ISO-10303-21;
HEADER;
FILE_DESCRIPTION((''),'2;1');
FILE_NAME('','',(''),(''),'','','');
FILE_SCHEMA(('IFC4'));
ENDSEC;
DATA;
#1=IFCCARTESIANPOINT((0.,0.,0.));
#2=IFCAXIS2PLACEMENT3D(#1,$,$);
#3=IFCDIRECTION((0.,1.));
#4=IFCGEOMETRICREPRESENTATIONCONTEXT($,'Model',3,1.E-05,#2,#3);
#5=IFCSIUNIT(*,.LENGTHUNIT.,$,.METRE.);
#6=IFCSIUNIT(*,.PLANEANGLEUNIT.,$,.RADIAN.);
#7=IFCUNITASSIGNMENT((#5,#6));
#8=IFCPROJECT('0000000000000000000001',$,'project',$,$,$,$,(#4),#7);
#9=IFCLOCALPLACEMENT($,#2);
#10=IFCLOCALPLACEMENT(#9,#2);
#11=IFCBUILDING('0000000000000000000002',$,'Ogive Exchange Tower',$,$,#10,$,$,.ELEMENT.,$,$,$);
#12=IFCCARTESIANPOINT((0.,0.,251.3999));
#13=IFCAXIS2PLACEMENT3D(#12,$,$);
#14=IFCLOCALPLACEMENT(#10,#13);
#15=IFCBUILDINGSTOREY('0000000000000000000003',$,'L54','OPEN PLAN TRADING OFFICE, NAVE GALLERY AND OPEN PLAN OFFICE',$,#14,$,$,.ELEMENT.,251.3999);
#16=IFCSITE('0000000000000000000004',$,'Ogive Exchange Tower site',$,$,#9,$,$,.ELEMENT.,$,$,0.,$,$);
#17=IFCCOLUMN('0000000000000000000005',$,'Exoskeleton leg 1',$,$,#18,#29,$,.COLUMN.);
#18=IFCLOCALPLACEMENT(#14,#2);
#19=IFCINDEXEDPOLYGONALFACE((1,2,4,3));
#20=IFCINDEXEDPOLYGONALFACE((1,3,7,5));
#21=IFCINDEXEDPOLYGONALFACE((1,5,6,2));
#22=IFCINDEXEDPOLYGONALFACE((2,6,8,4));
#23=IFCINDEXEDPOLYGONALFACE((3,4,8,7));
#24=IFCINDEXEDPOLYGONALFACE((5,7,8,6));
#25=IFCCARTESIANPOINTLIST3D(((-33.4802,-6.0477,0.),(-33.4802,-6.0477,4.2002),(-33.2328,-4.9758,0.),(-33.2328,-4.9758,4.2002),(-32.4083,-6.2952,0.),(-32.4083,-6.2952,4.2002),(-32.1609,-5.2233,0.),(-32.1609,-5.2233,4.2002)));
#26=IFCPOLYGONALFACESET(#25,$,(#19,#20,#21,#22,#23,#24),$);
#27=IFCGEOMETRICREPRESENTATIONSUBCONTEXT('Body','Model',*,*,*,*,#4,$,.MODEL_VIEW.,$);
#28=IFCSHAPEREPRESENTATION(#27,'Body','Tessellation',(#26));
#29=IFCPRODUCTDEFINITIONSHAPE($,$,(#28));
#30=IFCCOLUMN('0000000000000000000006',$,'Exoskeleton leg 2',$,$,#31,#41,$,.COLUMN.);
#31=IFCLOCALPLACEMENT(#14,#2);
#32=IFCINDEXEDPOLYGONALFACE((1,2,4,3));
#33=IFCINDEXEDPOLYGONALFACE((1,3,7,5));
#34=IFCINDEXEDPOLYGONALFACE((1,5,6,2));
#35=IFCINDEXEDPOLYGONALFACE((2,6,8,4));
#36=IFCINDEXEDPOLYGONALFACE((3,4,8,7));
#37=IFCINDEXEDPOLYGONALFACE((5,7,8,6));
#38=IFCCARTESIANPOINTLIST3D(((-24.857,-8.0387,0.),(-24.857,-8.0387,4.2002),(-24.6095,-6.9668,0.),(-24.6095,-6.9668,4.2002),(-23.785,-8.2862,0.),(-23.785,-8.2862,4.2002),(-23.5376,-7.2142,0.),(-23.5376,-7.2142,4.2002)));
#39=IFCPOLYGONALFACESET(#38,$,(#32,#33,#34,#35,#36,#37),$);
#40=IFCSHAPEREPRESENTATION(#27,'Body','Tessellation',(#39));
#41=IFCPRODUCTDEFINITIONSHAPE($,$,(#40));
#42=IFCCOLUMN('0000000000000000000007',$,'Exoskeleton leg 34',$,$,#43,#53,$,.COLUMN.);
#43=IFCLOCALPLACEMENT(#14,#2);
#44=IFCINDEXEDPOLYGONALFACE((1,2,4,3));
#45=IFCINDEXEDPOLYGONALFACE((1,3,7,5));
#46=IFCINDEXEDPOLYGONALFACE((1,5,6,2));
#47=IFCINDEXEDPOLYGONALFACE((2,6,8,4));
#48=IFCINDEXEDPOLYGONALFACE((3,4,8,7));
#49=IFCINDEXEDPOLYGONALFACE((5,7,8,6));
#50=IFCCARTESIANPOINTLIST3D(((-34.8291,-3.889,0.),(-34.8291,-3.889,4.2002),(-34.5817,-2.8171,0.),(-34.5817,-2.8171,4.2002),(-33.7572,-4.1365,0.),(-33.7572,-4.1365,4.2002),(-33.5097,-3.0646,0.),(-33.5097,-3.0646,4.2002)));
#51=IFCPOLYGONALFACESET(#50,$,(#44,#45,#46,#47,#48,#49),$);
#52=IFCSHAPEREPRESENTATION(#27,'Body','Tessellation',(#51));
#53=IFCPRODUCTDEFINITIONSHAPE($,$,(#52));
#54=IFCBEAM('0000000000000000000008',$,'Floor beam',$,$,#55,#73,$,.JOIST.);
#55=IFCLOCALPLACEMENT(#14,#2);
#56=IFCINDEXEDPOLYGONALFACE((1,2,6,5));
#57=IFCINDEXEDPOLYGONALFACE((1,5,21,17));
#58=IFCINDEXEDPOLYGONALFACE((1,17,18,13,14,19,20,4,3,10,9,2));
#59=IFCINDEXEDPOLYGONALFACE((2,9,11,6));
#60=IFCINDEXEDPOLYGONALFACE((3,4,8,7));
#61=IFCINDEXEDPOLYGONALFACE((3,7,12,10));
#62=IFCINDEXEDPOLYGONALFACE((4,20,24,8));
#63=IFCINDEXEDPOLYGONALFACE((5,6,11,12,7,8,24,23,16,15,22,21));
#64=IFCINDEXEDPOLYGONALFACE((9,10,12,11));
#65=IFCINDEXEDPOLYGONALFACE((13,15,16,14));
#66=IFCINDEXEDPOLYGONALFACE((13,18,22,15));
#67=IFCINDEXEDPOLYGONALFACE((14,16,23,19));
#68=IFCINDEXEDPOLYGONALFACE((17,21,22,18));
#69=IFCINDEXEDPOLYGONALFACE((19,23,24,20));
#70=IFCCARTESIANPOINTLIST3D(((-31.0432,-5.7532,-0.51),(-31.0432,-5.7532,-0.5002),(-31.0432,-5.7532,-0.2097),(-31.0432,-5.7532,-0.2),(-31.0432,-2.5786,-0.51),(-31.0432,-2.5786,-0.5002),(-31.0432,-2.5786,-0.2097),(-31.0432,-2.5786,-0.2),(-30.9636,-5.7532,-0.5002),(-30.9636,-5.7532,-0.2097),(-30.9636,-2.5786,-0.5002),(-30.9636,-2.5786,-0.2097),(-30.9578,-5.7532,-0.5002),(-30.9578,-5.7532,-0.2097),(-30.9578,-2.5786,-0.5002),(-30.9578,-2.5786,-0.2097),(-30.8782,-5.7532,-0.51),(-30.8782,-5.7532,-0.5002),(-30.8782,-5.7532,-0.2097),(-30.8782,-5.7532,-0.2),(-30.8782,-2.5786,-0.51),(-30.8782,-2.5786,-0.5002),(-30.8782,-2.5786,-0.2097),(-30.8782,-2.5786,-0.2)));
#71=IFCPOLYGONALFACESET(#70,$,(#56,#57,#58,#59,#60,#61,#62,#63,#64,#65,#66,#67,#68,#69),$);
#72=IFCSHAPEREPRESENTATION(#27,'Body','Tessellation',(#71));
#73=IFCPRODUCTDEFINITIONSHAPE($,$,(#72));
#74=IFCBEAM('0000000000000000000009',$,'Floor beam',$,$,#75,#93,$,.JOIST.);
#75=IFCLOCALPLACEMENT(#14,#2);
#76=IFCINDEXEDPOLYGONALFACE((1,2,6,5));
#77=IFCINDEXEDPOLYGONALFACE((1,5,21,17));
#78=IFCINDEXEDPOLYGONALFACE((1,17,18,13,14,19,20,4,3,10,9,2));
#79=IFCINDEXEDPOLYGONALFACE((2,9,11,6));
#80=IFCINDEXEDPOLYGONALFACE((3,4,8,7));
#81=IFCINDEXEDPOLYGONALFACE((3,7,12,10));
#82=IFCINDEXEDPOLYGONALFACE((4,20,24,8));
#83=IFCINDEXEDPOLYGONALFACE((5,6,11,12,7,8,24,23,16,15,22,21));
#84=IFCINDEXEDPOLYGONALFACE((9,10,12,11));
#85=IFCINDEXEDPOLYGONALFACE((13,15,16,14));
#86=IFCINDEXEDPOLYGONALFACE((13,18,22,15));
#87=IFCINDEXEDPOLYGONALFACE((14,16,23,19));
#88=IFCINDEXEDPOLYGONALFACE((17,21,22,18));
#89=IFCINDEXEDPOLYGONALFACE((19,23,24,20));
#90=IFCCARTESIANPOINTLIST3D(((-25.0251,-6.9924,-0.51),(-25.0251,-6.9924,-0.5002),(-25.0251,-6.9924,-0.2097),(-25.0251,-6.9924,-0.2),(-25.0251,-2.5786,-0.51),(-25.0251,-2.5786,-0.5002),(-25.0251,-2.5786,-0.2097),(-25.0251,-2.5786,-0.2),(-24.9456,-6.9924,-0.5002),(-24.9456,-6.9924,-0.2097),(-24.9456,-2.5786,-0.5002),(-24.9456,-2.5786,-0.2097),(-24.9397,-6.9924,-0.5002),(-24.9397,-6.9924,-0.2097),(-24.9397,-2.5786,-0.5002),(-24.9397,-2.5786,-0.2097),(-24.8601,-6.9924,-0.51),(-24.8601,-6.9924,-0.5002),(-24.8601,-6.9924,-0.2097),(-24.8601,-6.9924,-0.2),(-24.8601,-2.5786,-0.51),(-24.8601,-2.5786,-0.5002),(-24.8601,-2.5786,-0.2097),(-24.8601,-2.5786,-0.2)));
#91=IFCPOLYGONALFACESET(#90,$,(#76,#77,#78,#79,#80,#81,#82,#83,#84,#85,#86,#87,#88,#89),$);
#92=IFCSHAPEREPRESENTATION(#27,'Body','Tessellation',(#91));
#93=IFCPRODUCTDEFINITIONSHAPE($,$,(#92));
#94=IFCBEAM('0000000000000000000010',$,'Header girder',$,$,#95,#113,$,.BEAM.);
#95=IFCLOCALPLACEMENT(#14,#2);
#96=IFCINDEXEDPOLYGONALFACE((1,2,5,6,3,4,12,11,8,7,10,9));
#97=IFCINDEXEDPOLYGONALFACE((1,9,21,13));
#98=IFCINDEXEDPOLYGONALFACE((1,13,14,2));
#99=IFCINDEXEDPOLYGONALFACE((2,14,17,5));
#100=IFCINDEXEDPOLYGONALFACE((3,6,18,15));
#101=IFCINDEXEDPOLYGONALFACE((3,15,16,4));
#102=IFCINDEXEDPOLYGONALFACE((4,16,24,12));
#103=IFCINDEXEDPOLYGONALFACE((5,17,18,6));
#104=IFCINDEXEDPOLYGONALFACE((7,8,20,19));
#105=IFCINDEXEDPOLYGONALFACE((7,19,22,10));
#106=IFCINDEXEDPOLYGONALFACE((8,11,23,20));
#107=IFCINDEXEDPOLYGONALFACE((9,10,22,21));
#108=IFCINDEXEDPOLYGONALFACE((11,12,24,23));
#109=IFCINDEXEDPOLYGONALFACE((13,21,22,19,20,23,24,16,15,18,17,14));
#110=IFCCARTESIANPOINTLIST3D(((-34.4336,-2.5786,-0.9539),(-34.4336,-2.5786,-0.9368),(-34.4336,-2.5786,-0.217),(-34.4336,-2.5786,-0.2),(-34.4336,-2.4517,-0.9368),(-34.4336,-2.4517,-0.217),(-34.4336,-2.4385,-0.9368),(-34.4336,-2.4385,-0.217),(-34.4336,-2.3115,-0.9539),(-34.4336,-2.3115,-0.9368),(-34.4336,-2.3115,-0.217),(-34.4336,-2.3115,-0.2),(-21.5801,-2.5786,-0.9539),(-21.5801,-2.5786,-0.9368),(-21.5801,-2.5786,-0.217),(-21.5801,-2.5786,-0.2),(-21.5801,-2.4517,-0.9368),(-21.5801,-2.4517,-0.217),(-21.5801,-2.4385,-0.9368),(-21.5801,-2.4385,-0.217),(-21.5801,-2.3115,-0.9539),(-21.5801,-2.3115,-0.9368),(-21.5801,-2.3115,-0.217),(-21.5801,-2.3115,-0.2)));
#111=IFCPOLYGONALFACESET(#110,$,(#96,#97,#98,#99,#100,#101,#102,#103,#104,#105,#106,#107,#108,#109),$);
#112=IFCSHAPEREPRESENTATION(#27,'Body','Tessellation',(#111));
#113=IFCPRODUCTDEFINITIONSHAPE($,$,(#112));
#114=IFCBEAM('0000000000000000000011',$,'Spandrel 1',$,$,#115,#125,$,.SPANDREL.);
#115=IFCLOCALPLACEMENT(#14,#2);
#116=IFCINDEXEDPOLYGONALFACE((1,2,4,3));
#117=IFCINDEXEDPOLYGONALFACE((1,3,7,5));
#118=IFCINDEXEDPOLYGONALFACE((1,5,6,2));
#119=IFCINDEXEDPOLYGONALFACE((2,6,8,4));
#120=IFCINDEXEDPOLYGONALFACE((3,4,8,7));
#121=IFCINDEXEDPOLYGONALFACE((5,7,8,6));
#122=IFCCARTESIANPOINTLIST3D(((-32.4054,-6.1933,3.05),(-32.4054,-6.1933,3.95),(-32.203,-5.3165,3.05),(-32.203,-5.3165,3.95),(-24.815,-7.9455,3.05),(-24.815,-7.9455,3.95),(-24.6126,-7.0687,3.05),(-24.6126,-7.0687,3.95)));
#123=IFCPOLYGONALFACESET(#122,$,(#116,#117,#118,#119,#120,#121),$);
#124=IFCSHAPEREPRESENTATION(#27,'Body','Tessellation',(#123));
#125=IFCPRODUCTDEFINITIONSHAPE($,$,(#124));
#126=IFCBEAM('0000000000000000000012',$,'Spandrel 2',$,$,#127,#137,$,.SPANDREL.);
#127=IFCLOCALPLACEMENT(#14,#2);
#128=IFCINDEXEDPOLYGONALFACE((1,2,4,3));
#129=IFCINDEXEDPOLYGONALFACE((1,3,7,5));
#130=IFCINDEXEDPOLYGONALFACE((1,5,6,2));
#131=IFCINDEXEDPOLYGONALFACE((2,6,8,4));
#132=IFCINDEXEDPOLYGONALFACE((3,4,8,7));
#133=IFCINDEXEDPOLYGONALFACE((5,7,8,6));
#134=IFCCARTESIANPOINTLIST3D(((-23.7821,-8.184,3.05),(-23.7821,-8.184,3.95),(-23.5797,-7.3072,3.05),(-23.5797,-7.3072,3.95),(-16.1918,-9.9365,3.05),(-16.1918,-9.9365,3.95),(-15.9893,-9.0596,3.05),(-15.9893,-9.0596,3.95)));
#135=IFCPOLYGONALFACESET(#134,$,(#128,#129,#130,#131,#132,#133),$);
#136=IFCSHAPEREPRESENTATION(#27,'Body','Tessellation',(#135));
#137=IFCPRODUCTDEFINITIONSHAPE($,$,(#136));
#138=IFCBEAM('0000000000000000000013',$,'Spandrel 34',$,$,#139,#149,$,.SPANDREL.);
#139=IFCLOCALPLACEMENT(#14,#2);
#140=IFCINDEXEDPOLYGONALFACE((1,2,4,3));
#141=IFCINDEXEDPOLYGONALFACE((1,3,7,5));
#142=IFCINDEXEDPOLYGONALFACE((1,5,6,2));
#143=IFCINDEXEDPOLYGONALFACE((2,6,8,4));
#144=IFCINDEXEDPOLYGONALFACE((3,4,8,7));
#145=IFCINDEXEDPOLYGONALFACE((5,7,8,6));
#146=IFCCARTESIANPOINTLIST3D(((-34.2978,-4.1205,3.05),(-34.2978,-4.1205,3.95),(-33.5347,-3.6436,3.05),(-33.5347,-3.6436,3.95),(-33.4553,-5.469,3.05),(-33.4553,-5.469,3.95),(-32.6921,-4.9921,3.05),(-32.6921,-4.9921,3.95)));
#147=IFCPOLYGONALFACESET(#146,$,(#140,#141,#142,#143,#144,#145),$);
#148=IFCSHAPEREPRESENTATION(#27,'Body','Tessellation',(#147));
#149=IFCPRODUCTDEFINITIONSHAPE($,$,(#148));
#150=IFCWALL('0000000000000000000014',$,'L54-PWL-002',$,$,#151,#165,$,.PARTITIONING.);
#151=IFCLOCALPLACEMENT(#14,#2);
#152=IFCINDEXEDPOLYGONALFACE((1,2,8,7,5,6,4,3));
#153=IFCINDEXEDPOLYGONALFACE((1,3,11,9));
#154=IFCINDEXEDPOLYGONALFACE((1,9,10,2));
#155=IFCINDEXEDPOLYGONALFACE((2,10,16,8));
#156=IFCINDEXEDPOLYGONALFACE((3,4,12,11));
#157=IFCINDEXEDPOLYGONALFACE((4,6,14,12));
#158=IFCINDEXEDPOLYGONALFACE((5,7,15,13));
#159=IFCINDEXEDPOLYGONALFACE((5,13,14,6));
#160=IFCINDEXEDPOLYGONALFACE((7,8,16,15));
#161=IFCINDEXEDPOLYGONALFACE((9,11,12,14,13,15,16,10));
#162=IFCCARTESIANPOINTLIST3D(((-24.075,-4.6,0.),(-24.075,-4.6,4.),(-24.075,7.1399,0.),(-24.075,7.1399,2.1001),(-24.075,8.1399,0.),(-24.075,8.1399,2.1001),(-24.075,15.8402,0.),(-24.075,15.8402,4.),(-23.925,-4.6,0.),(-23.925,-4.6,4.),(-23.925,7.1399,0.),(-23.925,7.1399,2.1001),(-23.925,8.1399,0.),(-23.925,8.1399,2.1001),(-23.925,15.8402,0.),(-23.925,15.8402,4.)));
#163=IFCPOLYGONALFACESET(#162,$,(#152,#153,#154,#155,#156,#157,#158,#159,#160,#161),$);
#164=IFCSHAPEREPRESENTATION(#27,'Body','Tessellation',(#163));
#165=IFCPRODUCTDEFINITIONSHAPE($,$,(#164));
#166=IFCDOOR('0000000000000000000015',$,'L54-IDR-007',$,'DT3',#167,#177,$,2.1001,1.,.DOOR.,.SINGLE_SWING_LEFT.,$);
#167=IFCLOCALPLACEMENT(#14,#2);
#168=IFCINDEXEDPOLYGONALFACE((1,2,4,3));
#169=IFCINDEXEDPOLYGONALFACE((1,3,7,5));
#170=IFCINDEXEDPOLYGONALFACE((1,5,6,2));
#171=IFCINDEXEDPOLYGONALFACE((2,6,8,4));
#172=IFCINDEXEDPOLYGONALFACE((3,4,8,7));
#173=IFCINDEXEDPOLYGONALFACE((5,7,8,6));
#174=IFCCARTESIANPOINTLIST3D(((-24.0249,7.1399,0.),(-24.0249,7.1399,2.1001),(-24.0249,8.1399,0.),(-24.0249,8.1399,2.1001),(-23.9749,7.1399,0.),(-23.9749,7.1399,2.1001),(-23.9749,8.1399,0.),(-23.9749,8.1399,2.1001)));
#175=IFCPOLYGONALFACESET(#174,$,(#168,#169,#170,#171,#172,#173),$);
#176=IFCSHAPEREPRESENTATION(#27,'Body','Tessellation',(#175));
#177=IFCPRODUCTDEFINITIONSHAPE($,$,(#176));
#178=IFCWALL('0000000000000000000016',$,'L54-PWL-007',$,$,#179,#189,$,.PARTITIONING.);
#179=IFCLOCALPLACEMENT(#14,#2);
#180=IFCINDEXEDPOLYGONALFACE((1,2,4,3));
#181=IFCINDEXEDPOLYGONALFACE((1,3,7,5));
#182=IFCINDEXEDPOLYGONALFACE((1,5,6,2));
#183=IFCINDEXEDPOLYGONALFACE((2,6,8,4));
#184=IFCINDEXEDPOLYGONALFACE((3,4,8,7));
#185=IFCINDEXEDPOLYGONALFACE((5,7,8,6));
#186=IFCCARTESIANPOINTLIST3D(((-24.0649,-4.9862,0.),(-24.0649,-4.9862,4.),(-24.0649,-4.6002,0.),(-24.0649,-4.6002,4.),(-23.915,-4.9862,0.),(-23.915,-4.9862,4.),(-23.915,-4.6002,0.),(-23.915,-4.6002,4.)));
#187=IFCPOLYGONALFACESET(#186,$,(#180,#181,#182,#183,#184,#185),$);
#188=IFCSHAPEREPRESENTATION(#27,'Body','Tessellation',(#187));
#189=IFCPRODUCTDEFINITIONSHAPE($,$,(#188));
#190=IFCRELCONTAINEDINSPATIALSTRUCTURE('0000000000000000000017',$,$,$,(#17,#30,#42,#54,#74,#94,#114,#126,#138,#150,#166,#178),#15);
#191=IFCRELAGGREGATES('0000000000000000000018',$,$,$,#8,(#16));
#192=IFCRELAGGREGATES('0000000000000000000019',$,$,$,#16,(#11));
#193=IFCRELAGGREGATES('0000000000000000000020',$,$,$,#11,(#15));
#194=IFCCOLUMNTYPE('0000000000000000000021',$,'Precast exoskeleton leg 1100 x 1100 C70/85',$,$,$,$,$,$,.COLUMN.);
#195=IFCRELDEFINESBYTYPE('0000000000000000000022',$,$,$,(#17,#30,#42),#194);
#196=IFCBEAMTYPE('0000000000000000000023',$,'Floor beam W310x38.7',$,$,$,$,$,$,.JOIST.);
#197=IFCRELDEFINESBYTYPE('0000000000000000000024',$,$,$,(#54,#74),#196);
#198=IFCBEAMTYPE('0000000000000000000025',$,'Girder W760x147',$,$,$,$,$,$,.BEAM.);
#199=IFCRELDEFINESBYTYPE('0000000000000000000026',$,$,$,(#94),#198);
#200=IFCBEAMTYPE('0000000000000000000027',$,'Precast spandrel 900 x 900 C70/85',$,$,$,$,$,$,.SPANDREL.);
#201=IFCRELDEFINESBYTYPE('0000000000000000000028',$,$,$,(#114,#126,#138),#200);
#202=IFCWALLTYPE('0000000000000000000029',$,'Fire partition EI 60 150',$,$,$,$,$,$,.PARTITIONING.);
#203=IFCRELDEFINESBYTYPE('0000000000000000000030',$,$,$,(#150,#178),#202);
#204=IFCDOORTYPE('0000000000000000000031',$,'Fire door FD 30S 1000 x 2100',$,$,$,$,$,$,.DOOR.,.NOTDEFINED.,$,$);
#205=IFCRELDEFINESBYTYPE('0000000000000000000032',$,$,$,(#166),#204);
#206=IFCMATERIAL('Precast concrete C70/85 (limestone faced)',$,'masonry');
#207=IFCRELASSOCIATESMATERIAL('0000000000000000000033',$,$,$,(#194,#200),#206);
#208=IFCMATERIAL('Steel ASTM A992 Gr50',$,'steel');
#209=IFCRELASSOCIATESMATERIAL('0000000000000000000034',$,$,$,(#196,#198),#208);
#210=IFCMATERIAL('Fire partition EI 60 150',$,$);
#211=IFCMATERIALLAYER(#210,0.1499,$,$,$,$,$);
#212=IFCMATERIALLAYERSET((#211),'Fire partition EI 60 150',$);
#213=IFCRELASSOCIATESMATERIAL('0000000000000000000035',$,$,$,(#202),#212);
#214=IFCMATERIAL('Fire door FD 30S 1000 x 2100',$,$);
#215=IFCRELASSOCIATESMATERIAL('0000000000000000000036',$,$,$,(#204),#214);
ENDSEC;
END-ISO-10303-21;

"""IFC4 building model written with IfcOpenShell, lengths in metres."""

from ifc_helpers import new_model, si_unit, direction, frame, frame_2d, origin, origin_2d, place, context, subcontext, project, spatial, rectangle, i_section, extrude, material, layer, layer_set, material_profile, profile_set, type_object, element, fill, save


model = new_model("IFC4")

# Units and contexts
model_context = context("Model", 3, precision=1e-05, world=origin(), true_north=direction((0.0, 1.0)))
body_context = subcontext(model_context, "Body", "Model", "MODEL_VIEW")
ifc_project = project(units=[si_unit("LENGTHUNIT", "METRE"), si_unit("PLANEANGLEUNIT", "RADIAN")], contexts=[model_context])

# Site, building, storey
site_placement = place(None, origin())
site = spatial("IfcSite", under=ifc_project, at=site_placement, Name="Ogive Exchange Tower site", CompositionType="ELEMENT", RefElevation=0.0)
building_placement = place(site_placement, origin())
building = spatial("IfcBuilding", under=site, at=building_placement, Name="Ogive Exchange Tower", CompositionType="ELEMENT")
storey_placement = place(building_placement, frame((0.0, 0.0, 251.3999)))
storey = spatial("IfcBuildingStorey", under=building, at=storey_placement, Name="L54", Description="OPEN PLAN TRADING OFFICE, NAVE GALLERY AND OPEN PLAN OFFICE", CompositionType="ELEMENT", Elevation=251.3999)

# Columns
ifc_material_1 = material(Name="Precast concrete C70/85 (limestone faced)", Category="masonry")
ifc_material_profile_1 = material_profile(ifc_material_1, rectangle(XDim=1.1001, YDim=1.1001, at=origin_2d()), Name="1100 x 1100")
ifc_profile_set_1 = profile_set([ifc_material_profile_1], Name="Precast concrete C70/85 (limestone faced)")
column_type = type_object("IfcColumnType", Name="Precast exoskeleton leg 1100 x 1100 C70/85", PredefinedType="COLUMN", material=ifc_profile_set_1)
for number, where, z_axis, x_axis, name in (
    (1, (-32.8206, -5.6355, 0.0), (0.0, 0.0, 1.0), (0.97437, -0.224951, 0.0), "Exoskeleton leg 1"),
    (2, (-24.1973, -7.6265, 0.0), (0.0, 0.0, 1.0), (0.97437, -0.224951, 0.0), "Exoskeleton leg 2"),
    (3, (-34.1694, -3.4768, 0.0), (0.0, 0.0, 1.0), (0.97437, -0.224951, 0.0), "Exoskeleton leg 34"),
):
    element("IfcColumn", number, at=place(storey_placement, frame(where, z_axis=z_axis, x_axis=x_axis)), inside=storey, type_object=column_type, Name=name, PredefinedType="COLUMN", context=body_context, shape_type="SweptSolid", body=[
        extrude(rectangle(XDim=1.1001, YDim=1.1001, at=origin_2d()), origin(), (0.0, 0.0, 1.0), 4.2002),
    ])

# Beams
ifc_material_2 = material(Name="Steel ASTM A992 Gr50", Category="steel")
ifc_material_profile_2 = material_profile(ifc_material_2, i_section(OverallWidth=0.165, OverallDepth=0.3101, WebThickness=0.0059, FlangeThickness=0.0098, at=origin_2d()), Name="W310x38.7")
ifc_profile_set_2 = profile_set([ifc_material_profile_2], Name="Steel ASTM A992 Gr50")
beam_type_1 = type_object("IfcBeamType", Name="Floor beam W310x38.7", PredefinedType="JOIST", material=ifc_profile_set_2)
beam_1_placement = place(storey_placement, frame((-30.9607, -5.7532, -0.355), z_axis=(0.0, 1.0, 0.0), x_axis=(-1.0, 0.0, 0.0)))
element("IfcBeam", 4, at=beam_1_placement, inside=storey, type_object=beam_type_1, Name="Floor beam", PredefinedType="JOIST", context=body_context, shape_type="SweptSolid", body=[
    extrude(i_section(OverallWidth=0.165, OverallDepth=0.3101, WebThickness=0.0059, FlangeThickness=0.0098, at=origin_2d()), origin(), (0.0, 0.0, 1.0), 3.1746),
])
beam_2_placement = place(storey_placement, frame((-24.9426, -6.9924, -0.355), z_axis=(0.0, 1.0, 0.0), x_axis=(-1.0, 0.0, 0.0)))
element("IfcBeam", 5, at=beam_2_placement, inside=storey, type_object=beam_type_1, Name="Floor beam", PredefinedType="JOIST", context=body_context, shape_type="SweptSolid", body=[
    extrude(i_section(OverallWidth=0.165, OverallDepth=0.3101, WebThickness=0.0059, FlangeThickness=0.0098, at=origin_2d()), origin(), (0.0, 0.0, 1.0), 4.4138),
])
ifc_material_profile_3 = material_profile(ifc_material_2, i_section(OverallWidth=0.2671, OverallDepth=0.7539, WebThickness=0.0132, FlangeThickness=0.0171, at=origin_2d()), Name="W760x147")
ifc_profile_set_3 = profile_set([ifc_material_profile_3], Name="Steel ASTM A992 Gr50")
beam_type_2 = type_object("IfcBeamType", Name="Girder W760x147", PredefinedType="BEAM", material=ifc_profile_set_3)
beam_3_placement = place(storey_placement, frame((-34.4336, -2.4451, -0.5769), z_axis=(1.0, 0.0, 0.0), x_axis=(0.0, 1.0, 0.0)))
element("IfcBeam", 6, at=beam_3_placement, inside=storey, type_object=beam_type_2, Name="Header girder", PredefinedType="BEAM", context=body_context, shape_type="SweptSolid", body=[
    extrude(i_section(OverallWidth=0.2671, OverallDepth=0.7539, WebThickness=0.0132, FlangeThickness=0.0171, at=origin_2d()), origin(), (0.0, 0.0, 1.0), 12.8535),
])
ifc_material_profile_4 = material_profile(ifc_material_1, rectangle(XDim=0.8999, YDim=0.8999, at=origin_2d()), Name="900 x 900")
ifc_profile_set_4 = profile_set([ifc_material_profile_4], Name="Precast concrete C70/85 (limestone faced)")
beam_type_3 = type_object("IfcBeamType", Name="Precast spandrel 900 x 900 C70/85", PredefinedType="SPANDREL", material=ifc_profile_set_4)
for number, where, z_axis, x_axis, name in (
    (7, (-32.3042, -5.7549, 3.5), (0.974375, -0.22493, 0.0), (0.22493, 0.974375, 0.0), "Spandrel 1"),
    (8, (-23.6809, -7.7456, 3.5), (0.974368, -0.22496, 0.0), (0.22496, 0.974368, 0.0), "Spandrel 2"),
):
    element("IfcBeam", number, at=place(storey_placement, frame(where, z_axis=z_axis, x_axis=x_axis)), inside=storey, type_object=beam_type_3, Name=name, PredefinedType="SPANDREL", context=body_context, shape_type="SweptSolid", body=[
        extrude(rectangle(XDim=0.8999, YDim=0.8999, at=origin_2d()), origin(), (0.0, 0.0, 1.0), 7.79),
    ])
beam_4_placement = place(storey_placement, frame((-33.9163, -3.8821, 3.5), z_axis=(0.529902, -0.848059, 0.0), x_axis=(0.848059, 0.529902, 0.0)))
element("IfcBeam", 9, at=beam_4_placement, inside=storey, type_object=beam_type_3, Name="Spandrel 34", PredefinedType="SPANDREL", context=body_context, shape_type="SweptSolid", body=[
    extrude(rectangle(XDim=0.8999, YDim=0.8999, at=origin_2d()), origin(), (0.0, 0.0, 1.0), 1.5901),
])

# Wall, opening, door
ifc_material_3 = material(Name="Fire partition EI 60 150")
ifc_layer_1 = layer(ifc_material_3, 0.1499)
ifc_layer_set_1 = layer_set([ifc_layer_1], Name="Fire partition EI 60 150")
wall_type_1 = type_object("IfcWallType", Name="Fire partition EI 60 150", PredefinedType="PARTITIONING", material=ifc_layer_set_1)
wall_1_placement = place(storey_placement, frame((-24.0, -4.6001, 0.0), z_axis=(0.0, 0.0, 1.0), x_axis=(0.0, 1.0, 0.0)))
wall_1 = element("IfcWall", 10, at=wall_1_placement, inside=storey, type_object=wall_type_1, Name="L54-PWL-002", PredefinedType="PARTITIONING", context=body_context, shape_type="SweptSolid", body=[
    extrude(rectangle(XDim=20.4402, YDim=0.1499, at=frame_2d((10.2202, 0.0))), origin(), (0.0, 0.0, 1.0), 4.0),
])
opening_1_placement = place(wall_1_placement, frame((11.74, 0.0, 0.0)))
opening_1 = element("IfcOpeningElement", 11, at=opening_1_placement, cuts=wall_1, PredefinedType="OPENING", context=body_context, shape_type="SweptSolid", body=[
    extrude(rectangle(XDim=1.0, YDim=2.1001, at=frame_2d((0.5, 1.05))), frame((0.0, 0.085, 0.0), z_axis=(0.0, -1.0, 0.0), x_axis=(1.0, 0.0, 0.0)), (0.0, 0.0, 1.0), 0.1699),
])
ifc_material_4 = material(Name="Fire door FD 30S 1000 x 2100")
door_type_1 = type_object("IfcDoorType", Name="Fire door FD 30S 1000 x 2100", OperationType="NOTDEFINED", PredefinedType="DOOR", material=ifc_material_4)
door_1_placement = place(opening_1_placement, origin())
door_1 = element("IfcDoor", 12, at=door_1_placement, inside=storey, type_object=door_type_1, Name="L54-IDR-007", ObjectType="DT3", OperationType="SINGLE_SWING_LEFT", OverallHeight=2.1001, OverallWidth=1.0, PredefinedType="DOOR", context=body_context, shape_type="SweptSolid", body=[
    extrude(rectangle(XDim=1.0, YDim=2.1001, at=frame_2d((0.5, 1.05))), frame((0.0, 0.0249, 0.0), z_axis=(0.0, -1.0, 0.0), x_axis=(1.0, 0.0, 0.0)), (0.0, 0.0, 1.0), 0.05),
])
fill(opening_1, door_1)

# Wall
wall_2_placement = place(storey_placement, frame((-23.99, -4.9861, 0.0), z_axis=(0.0, 0.0, 1.0), x_axis=(0.0, 1.0, 0.0)))
element("IfcWall", 13, at=wall_2_placement, inside=storey, type_object=wall_type_1, Name="L54-PWL-007", PredefinedType="PARTITIONING", context=body_context, shape_type="SweptSolid", body=[
    extrude(rectangle(XDim=0.386, YDim=0.1499, at=frame_2d((0.1929, 0.0))), origin(), (0.0, 0.0, 1.0), 4.0),
])

save(model, "model.ifc")
